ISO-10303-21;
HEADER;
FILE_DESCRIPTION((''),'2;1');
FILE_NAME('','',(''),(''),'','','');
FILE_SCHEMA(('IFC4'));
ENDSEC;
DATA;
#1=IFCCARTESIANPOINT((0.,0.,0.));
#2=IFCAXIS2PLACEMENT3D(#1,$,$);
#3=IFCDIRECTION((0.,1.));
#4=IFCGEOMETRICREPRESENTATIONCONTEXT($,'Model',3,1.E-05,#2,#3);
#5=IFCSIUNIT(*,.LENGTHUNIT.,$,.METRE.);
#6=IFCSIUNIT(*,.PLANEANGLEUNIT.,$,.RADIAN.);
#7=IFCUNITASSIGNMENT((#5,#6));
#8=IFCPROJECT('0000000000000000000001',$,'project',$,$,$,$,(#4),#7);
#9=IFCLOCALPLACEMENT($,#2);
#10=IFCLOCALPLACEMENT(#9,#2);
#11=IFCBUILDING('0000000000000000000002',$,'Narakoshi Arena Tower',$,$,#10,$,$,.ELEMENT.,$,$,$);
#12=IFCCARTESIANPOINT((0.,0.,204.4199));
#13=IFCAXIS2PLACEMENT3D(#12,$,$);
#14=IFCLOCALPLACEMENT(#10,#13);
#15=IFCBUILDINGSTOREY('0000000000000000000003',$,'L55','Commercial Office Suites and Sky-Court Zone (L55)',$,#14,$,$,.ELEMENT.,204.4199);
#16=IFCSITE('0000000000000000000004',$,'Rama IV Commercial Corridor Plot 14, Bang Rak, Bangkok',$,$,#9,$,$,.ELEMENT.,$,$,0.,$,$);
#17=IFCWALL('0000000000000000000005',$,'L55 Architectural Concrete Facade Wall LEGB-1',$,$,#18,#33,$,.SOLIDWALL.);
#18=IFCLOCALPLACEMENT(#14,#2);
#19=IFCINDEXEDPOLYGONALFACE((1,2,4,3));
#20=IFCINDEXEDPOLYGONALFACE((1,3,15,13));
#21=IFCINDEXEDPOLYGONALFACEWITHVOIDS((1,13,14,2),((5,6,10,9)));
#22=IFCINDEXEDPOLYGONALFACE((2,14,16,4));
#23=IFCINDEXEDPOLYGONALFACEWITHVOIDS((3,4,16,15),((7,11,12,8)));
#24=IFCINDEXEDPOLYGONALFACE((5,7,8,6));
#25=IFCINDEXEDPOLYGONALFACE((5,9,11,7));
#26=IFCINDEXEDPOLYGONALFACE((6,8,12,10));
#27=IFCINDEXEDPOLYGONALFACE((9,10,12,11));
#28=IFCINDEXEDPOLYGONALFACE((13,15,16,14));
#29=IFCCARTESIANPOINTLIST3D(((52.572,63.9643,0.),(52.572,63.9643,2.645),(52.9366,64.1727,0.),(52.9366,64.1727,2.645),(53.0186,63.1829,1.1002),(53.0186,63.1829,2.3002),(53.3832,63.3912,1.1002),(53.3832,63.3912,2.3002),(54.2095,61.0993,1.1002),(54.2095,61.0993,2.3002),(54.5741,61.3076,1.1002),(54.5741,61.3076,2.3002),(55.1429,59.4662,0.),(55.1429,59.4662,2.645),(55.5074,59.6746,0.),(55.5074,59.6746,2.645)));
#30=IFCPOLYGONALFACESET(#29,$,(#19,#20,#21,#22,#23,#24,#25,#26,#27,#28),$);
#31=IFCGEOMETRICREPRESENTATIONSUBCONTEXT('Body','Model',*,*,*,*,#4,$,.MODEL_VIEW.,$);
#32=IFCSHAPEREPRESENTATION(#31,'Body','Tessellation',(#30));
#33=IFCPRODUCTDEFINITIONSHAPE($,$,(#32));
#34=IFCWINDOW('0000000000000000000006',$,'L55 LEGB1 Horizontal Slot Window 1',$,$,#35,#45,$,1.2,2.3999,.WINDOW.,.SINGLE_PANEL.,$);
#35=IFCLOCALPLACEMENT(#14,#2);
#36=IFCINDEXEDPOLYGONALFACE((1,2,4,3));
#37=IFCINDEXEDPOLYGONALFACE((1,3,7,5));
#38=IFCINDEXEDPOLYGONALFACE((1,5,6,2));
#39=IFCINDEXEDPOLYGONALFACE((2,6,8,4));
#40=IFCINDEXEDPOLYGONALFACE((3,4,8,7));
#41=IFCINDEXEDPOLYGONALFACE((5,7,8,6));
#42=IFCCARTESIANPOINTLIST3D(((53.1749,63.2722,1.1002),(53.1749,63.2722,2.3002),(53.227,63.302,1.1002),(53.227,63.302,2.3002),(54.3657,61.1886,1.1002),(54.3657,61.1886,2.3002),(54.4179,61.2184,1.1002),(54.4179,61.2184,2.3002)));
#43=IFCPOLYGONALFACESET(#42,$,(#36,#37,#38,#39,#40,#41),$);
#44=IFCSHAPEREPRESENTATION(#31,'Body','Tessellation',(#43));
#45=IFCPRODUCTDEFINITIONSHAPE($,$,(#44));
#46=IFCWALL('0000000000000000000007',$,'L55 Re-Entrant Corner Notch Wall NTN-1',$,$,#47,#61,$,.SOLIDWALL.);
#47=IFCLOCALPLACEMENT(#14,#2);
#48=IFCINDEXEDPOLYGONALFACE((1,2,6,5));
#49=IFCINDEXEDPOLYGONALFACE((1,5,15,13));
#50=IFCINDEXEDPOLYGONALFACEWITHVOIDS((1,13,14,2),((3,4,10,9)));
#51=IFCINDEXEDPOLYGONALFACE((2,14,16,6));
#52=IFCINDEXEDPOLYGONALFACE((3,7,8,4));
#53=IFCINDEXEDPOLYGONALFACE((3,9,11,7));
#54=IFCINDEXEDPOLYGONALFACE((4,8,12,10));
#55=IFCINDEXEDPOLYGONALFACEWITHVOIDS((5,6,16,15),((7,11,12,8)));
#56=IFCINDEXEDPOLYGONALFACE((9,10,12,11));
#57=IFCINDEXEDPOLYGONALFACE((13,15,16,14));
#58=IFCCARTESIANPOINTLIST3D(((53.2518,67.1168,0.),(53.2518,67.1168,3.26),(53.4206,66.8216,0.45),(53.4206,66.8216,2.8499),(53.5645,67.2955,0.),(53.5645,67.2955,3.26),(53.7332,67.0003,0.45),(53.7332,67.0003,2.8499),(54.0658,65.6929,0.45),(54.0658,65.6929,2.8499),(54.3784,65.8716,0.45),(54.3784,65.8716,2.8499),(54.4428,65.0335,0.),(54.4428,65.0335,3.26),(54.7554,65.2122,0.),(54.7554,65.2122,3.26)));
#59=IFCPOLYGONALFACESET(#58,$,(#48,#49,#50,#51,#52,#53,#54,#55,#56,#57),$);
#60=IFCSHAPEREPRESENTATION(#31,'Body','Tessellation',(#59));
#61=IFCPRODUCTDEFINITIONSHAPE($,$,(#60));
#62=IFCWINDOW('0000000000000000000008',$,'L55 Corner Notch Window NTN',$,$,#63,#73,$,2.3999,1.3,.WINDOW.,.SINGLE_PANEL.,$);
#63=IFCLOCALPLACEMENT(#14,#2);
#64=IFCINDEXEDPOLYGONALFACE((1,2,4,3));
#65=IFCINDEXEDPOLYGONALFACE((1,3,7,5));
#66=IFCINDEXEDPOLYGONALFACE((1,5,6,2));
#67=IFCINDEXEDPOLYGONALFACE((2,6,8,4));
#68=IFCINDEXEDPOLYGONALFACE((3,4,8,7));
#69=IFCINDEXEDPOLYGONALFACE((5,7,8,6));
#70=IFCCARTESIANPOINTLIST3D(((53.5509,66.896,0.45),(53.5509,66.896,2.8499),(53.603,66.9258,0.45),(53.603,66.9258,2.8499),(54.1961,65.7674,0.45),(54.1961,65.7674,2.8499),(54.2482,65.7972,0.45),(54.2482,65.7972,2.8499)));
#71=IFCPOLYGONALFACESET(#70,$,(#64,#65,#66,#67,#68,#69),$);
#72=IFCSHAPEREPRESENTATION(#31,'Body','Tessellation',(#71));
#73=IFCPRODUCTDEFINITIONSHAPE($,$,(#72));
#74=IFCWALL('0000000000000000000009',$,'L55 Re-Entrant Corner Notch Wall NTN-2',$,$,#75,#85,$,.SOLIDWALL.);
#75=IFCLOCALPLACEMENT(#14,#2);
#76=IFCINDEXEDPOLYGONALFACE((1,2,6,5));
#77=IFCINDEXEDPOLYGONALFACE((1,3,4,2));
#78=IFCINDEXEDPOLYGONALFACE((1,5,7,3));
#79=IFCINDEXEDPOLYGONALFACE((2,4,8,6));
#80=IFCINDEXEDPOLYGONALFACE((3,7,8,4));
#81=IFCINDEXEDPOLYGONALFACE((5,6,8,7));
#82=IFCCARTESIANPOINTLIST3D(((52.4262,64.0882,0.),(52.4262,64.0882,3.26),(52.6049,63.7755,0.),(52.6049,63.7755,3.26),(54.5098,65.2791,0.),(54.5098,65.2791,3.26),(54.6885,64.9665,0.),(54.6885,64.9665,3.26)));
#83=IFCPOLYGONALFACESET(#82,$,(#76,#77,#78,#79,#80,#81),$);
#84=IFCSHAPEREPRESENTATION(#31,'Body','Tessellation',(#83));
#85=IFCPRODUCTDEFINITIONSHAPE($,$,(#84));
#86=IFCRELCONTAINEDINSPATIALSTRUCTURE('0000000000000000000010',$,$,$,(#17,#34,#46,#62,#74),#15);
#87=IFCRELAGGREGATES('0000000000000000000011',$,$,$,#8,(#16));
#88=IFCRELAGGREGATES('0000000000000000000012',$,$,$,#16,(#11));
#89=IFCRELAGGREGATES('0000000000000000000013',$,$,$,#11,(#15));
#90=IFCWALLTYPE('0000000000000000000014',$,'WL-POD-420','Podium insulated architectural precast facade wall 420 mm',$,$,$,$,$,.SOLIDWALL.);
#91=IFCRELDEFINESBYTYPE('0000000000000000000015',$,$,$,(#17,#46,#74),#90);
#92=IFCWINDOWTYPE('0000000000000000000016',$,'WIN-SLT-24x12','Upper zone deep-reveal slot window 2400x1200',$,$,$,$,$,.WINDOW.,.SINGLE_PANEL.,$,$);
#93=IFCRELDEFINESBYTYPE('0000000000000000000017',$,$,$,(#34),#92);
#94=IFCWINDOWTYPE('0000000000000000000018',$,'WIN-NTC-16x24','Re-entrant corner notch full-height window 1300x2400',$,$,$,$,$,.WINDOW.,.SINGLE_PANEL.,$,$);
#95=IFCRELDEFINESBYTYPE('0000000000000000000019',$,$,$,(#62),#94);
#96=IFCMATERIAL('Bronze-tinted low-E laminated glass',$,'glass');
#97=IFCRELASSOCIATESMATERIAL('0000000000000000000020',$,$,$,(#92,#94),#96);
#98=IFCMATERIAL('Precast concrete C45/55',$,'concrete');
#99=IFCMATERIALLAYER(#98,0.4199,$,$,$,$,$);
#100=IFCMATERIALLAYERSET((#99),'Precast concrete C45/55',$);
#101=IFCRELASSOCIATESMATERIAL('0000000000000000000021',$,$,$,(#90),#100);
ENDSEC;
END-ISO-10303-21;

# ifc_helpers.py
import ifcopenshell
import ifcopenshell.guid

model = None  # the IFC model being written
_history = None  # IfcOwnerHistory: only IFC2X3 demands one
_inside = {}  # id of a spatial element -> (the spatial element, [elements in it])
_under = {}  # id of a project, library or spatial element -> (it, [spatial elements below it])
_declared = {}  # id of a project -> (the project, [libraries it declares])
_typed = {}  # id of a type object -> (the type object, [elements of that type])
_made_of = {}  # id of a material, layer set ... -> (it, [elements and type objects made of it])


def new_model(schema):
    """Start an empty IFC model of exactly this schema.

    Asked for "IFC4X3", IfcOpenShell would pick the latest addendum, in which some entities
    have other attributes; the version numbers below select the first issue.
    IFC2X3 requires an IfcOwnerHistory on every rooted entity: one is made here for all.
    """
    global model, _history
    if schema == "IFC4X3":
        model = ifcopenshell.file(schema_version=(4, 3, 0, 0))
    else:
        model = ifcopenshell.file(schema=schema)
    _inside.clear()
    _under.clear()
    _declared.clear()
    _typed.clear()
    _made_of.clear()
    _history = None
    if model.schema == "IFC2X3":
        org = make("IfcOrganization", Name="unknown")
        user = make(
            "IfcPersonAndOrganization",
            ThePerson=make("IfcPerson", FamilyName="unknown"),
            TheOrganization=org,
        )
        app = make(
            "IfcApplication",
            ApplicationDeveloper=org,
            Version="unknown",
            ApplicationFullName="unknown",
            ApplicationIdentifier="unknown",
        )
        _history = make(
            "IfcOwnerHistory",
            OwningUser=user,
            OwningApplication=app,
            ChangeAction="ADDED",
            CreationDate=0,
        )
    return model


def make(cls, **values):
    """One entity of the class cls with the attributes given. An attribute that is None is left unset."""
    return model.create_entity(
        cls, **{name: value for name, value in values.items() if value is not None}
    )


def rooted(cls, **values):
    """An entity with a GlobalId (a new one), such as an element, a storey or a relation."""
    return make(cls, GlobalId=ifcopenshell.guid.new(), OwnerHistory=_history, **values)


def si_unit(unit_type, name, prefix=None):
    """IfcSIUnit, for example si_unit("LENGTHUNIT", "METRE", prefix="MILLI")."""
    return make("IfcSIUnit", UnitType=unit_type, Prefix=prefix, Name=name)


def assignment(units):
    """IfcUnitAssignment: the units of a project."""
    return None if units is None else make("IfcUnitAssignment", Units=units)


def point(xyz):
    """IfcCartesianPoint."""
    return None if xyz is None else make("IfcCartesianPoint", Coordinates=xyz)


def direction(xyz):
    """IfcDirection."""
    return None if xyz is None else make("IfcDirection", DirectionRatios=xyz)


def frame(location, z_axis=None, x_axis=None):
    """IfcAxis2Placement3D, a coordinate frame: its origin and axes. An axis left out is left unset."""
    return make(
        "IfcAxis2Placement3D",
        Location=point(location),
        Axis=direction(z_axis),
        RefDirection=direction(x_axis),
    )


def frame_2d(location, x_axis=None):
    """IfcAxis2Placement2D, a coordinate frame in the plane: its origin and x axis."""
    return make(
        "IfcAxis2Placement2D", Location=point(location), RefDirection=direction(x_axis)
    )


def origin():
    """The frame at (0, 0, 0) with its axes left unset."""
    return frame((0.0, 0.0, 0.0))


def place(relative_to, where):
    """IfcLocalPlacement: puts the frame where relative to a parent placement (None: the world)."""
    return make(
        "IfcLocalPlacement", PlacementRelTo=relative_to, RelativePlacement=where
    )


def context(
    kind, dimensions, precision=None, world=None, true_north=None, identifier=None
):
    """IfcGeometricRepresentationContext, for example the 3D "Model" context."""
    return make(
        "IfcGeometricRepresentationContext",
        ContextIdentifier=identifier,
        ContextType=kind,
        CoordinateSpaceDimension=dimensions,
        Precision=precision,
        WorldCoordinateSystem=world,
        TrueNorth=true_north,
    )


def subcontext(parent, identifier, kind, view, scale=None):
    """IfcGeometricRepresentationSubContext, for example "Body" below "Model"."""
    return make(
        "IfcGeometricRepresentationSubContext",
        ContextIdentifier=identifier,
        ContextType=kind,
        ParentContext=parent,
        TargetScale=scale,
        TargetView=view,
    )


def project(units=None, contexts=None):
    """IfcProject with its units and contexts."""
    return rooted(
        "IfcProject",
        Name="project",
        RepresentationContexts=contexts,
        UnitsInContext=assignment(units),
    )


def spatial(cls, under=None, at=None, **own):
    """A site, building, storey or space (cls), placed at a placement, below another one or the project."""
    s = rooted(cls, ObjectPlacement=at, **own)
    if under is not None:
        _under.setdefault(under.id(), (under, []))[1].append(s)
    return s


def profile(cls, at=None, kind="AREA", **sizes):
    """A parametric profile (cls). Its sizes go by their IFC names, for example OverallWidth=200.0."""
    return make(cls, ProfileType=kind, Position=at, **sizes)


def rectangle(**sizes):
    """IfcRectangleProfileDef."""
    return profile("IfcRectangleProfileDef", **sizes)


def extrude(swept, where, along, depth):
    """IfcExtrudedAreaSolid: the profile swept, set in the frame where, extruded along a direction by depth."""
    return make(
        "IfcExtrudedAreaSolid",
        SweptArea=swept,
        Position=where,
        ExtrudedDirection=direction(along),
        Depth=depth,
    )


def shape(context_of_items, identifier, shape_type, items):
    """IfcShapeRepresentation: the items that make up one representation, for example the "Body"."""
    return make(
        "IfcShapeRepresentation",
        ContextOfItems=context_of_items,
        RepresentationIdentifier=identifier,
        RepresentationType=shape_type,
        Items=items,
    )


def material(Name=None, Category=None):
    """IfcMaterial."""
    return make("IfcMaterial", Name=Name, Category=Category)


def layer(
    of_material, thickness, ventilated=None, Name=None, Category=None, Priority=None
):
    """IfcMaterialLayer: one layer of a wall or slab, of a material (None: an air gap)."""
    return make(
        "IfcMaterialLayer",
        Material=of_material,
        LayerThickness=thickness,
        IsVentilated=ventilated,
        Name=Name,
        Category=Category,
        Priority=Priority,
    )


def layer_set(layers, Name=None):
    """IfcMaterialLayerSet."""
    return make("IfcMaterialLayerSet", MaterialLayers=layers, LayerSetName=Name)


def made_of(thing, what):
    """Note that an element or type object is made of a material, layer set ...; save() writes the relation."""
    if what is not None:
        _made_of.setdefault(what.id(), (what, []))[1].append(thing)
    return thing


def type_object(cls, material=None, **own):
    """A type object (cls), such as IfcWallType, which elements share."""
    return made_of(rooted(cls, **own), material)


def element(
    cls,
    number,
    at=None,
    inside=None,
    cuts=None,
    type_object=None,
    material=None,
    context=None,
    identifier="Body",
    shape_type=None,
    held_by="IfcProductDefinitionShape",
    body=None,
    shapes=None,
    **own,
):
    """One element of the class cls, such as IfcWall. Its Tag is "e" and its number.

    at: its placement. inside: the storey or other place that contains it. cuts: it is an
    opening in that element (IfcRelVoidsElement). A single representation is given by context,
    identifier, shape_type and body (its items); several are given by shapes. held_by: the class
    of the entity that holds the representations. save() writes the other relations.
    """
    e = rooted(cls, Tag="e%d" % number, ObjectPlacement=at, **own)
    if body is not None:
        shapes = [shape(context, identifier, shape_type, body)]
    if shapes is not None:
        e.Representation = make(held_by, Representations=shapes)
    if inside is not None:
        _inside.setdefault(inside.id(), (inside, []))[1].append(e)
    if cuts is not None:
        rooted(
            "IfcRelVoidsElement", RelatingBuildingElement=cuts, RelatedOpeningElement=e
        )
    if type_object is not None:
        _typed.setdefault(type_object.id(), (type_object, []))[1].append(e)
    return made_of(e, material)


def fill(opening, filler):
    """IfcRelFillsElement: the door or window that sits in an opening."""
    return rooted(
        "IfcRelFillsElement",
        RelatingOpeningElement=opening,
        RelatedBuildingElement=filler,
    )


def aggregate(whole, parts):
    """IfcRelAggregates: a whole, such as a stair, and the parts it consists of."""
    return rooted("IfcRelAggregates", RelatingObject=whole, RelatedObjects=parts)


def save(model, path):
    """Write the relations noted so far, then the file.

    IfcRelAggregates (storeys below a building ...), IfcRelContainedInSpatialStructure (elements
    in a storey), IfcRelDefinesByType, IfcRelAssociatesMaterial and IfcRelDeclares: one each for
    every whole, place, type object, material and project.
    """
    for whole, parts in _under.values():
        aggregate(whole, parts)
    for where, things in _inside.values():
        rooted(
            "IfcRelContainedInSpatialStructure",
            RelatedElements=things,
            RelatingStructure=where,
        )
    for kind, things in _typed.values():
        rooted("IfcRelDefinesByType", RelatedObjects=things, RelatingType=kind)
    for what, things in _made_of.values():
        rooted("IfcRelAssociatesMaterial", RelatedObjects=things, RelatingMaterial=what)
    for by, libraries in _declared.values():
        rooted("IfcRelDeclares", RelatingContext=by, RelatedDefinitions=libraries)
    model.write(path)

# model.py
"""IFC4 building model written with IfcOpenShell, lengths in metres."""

from ifc_helpers import new_model, si_unit, direction, frame, frame_2d, origin, place, context, subcontext, project, spatial, rectangle, extrude, material, layer, layer_set, type_object, element, fill, save


model = new_model("IFC4")

# Units and contexts
model_context = context("Model", 3, precision=1e-05, world=origin(), true_north=direction((0.0, 1.0)))
body_context = subcontext(model_context, "Body", "Model", "MODEL_VIEW")
ifc_project = project(units=[si_unit("LENGTHUNIT", "METRE"), si_unit("PLANEANGLEUNIT", "RADIAN")], contexts=[model_context])

# Site, building, storey
site_placement = place(None, origin())
site = spatial("IfcSite", under=ifc_project, at=site_placement, Name="Rama IV Commercial Corridor Plot 14, Bang Rak, Bangkok", CompositionType="ELEMENT", RefElevation=0.0)
building_placement = place(site_placement, origin())
building = spatial("IfcBuilding", under=site, at=building_placement, Name="Narakoshi Arena Tower", CompositionType="ELEMENT")
storey_placement = place(building_placement, frame((0.0, 0.0, 204.4199)))
storey = spatial("IfcBuildingStorey", under=building, at=storey_placement, Name="L55", Description="Commercial Office Suites and Sky-Court Zone (L55)", CompositionType="ELEMENT", Elevation=204.4199)

# Shared definitions
ifc_material_1 = material(Name="Bronze-tinted low-E laminated glass", Category="glass")

# Shared definitions
window_type_1 = type_object("IfcWindowType", Name="WIN-SLT-24x12", Description="Upper zone deep-reveal slot window 2400x1200", PartitioningType="SINGLE_PANEL", PredefinedType="WINDOW", material=ifc_material_1)

# Shared definitions
ifc_material_2 = material(Name="Precast concrete C45/55", Category="concrete")

# Walls, openings, windows
ifc_layer_1 = layer(ifc_material_2, 0.4199)
ifc_layer_set_1 = layer_set([ifc_layer_1], Name="Precast concrete C45/55")
wall_type_1 = type_object("IfcWallType", Name="WL-POD-420", Description="Podium insulated architectural precast facade wall 420 mm", PredefinedType="SOLIDWALL", material=ifc_layer_set_1)
wall_1_placement = place(storey_placement, frame((52.7544, 64.0684, 0.0), z_axis=(0.0, 0.0, 1.0), x_axis=(0.49621, -0.868203, 0.0)))
wall_1 = element("IfcWall", 1, at=wall_1_placement, inside=storey, type_object=wall_type_1, Name="L55 Architectural Concrete Facade Wall LEGB-1", PredefinedType="SOLIDWALL", context=body_context, shape_type="SweptSolid", body=[
    extrude(rectangle(XDim=5.1809, YDim=0.4199, at=frame_2d((2.5903, 0.0))), origin(), (0.0, 0.0, 1.0), 2.645),
])
opening_1_placement = place(wall_1_placement, frame((0.8999, 0.0, 1.1001)))
opening_1 = element("IfcOpeningElement", 2, at=opening_1_placement, cuts=wall_1, PredefinedType="OPENING", context=body_context, shape_type="SweptSolid", body=[
    extrude(rectangle(XDim=2.3999, YDim=1.2, at=frame_2d((1.2, 0.6001))), frame((0.0, 0.22, 0.0), z_axis=(0.0, -1.0, 0.0), x_axis=(1.0, 0.0, 0.0)), (0.0, 0.0, 1.0), 0.4399),
])
window_1_placement = place(opening_1_placement, origin())
window_1 = element("IfcWindow", 3, at=window_1_placement, inside=storey, type_object=window_type_1, Name="L55 LEGB1 Horizontal Slot Window 1", OverallHeight=1.2, OverallWidth=2.3999, PartitioningType="SINGLE_PANEL", PredefinedType="WINDOW", context=body_context, shape_type="SweptSolid", body=[
    extrude(rectangle(XDim=2.3999, YDim=1.2, at=frame_2d((1.2, 0.6001))), frame((0.0, 0.03, 0.0), z_axis=(0.0, -1.0, 0.0), x_axis=(1.0, 0.0, 0.0)), (0.0, 0.0, 1.0), 0.0601),
])
fill(opening_1, window_1)
wall_2_placement = place(storey_placement, frame((53.4082, 67.2061, 0.0), z_axis=(0.0, 0.0, 1.0), x_axis=(0.496292, -0.868155, 0.0)))
wall_2 = element("IfcWall", 4, at=wall_2_placement, inside=storey, type_object=wall_type_1, Name="L55 Re-Entrant Corner Notch Wall NTN-1", PredefinedType="SOLIDWALL", context=body_context, shape_type="SweptSolid", body=[
    extrude(rectangle(XDim=2.3997, YDim=0.3601, at=frame_2d((1.1997, 0.0))), origin(), (0.0, 0.0, 1.0), 3.26),
])
opening_2_placement = place(wall_2_placement, frame((0.3401, 0.0, 0.45)))
opening_2 = element("IfcOpeningElement", 5, at=opening_2_placement, cuts=wall_2, PredefinedType="OPENING", context=body_context, shape_type="SweptSolid", body=[
    extrude(rectangle(XDim=1.3, YDim=2.3999, at=frame_2d((0.6499, 1.2))), frame((0.0, 0.1899, 0.0), z_axis=(0.0, -1.0, 0.0), x_axis=(1.0, 0.0, 0.0)), (0.0, 0.0, 1.0), 0.3801),
])
window_type_2 = type_object("IfcWindowType", Name="WIN-NTC-16x24", Description="Re-entrant corner notch full-height window 1300x2400", PartitioningType="SINGLE_PANEL", PredefinedType="WINDOW", material=ifc_material_1)
window_2_placement = place(opening_2_placement, origin())
window_2 = element("IfcWindow", 6, at=window_2_placement, inside=storey, type_object=window_type_2, Name="L55 Corner Notch Window NTN", OverallHeight=2.3999, OverallWidth=1.3, PartitioningType="SINGLE_PANEL", PredefinedType="WINDOW", context=body_context, shape_type="SweptSolid", body=[
    extrude(rectangle(XDim=1.3, YDim=2.3999, at=frame_2d((0.6499, 1.2))), frame((0.0, 0.03, 0.0), z_axis=(0.0, -1.0, 0.0), x_axis=(1.0, 0.0, 0.0)), (0.0, 0.0, 1.0), 0.0601),
])
fill(opening_2, window_2)

# Wall
wall_3_placement = place(storey_placement, frame((54.5991, 65.1228, 0.0), z_axis=(0.0, 0.0, 1.0), x_axis=(-0.868181, -0.496248, 0.0)))
element("IfcWall", 7, at=wall_3_placement, inside=storey, type_object=wall_type_1, Name="L55 Re-Entrant Corner Notch Wall NTN-2", PredefinedType="SOLIDWALL", context=body_context, shape_type="SweptSolid", body=[
    extrude(rectangle(XDim=2.3999, YDim=0.3601, at=frame_2d((1.2, 0.0))), origin(), (0.0, 0.0, 1.0), 3.26),
])

save(model, "model.ifc")
